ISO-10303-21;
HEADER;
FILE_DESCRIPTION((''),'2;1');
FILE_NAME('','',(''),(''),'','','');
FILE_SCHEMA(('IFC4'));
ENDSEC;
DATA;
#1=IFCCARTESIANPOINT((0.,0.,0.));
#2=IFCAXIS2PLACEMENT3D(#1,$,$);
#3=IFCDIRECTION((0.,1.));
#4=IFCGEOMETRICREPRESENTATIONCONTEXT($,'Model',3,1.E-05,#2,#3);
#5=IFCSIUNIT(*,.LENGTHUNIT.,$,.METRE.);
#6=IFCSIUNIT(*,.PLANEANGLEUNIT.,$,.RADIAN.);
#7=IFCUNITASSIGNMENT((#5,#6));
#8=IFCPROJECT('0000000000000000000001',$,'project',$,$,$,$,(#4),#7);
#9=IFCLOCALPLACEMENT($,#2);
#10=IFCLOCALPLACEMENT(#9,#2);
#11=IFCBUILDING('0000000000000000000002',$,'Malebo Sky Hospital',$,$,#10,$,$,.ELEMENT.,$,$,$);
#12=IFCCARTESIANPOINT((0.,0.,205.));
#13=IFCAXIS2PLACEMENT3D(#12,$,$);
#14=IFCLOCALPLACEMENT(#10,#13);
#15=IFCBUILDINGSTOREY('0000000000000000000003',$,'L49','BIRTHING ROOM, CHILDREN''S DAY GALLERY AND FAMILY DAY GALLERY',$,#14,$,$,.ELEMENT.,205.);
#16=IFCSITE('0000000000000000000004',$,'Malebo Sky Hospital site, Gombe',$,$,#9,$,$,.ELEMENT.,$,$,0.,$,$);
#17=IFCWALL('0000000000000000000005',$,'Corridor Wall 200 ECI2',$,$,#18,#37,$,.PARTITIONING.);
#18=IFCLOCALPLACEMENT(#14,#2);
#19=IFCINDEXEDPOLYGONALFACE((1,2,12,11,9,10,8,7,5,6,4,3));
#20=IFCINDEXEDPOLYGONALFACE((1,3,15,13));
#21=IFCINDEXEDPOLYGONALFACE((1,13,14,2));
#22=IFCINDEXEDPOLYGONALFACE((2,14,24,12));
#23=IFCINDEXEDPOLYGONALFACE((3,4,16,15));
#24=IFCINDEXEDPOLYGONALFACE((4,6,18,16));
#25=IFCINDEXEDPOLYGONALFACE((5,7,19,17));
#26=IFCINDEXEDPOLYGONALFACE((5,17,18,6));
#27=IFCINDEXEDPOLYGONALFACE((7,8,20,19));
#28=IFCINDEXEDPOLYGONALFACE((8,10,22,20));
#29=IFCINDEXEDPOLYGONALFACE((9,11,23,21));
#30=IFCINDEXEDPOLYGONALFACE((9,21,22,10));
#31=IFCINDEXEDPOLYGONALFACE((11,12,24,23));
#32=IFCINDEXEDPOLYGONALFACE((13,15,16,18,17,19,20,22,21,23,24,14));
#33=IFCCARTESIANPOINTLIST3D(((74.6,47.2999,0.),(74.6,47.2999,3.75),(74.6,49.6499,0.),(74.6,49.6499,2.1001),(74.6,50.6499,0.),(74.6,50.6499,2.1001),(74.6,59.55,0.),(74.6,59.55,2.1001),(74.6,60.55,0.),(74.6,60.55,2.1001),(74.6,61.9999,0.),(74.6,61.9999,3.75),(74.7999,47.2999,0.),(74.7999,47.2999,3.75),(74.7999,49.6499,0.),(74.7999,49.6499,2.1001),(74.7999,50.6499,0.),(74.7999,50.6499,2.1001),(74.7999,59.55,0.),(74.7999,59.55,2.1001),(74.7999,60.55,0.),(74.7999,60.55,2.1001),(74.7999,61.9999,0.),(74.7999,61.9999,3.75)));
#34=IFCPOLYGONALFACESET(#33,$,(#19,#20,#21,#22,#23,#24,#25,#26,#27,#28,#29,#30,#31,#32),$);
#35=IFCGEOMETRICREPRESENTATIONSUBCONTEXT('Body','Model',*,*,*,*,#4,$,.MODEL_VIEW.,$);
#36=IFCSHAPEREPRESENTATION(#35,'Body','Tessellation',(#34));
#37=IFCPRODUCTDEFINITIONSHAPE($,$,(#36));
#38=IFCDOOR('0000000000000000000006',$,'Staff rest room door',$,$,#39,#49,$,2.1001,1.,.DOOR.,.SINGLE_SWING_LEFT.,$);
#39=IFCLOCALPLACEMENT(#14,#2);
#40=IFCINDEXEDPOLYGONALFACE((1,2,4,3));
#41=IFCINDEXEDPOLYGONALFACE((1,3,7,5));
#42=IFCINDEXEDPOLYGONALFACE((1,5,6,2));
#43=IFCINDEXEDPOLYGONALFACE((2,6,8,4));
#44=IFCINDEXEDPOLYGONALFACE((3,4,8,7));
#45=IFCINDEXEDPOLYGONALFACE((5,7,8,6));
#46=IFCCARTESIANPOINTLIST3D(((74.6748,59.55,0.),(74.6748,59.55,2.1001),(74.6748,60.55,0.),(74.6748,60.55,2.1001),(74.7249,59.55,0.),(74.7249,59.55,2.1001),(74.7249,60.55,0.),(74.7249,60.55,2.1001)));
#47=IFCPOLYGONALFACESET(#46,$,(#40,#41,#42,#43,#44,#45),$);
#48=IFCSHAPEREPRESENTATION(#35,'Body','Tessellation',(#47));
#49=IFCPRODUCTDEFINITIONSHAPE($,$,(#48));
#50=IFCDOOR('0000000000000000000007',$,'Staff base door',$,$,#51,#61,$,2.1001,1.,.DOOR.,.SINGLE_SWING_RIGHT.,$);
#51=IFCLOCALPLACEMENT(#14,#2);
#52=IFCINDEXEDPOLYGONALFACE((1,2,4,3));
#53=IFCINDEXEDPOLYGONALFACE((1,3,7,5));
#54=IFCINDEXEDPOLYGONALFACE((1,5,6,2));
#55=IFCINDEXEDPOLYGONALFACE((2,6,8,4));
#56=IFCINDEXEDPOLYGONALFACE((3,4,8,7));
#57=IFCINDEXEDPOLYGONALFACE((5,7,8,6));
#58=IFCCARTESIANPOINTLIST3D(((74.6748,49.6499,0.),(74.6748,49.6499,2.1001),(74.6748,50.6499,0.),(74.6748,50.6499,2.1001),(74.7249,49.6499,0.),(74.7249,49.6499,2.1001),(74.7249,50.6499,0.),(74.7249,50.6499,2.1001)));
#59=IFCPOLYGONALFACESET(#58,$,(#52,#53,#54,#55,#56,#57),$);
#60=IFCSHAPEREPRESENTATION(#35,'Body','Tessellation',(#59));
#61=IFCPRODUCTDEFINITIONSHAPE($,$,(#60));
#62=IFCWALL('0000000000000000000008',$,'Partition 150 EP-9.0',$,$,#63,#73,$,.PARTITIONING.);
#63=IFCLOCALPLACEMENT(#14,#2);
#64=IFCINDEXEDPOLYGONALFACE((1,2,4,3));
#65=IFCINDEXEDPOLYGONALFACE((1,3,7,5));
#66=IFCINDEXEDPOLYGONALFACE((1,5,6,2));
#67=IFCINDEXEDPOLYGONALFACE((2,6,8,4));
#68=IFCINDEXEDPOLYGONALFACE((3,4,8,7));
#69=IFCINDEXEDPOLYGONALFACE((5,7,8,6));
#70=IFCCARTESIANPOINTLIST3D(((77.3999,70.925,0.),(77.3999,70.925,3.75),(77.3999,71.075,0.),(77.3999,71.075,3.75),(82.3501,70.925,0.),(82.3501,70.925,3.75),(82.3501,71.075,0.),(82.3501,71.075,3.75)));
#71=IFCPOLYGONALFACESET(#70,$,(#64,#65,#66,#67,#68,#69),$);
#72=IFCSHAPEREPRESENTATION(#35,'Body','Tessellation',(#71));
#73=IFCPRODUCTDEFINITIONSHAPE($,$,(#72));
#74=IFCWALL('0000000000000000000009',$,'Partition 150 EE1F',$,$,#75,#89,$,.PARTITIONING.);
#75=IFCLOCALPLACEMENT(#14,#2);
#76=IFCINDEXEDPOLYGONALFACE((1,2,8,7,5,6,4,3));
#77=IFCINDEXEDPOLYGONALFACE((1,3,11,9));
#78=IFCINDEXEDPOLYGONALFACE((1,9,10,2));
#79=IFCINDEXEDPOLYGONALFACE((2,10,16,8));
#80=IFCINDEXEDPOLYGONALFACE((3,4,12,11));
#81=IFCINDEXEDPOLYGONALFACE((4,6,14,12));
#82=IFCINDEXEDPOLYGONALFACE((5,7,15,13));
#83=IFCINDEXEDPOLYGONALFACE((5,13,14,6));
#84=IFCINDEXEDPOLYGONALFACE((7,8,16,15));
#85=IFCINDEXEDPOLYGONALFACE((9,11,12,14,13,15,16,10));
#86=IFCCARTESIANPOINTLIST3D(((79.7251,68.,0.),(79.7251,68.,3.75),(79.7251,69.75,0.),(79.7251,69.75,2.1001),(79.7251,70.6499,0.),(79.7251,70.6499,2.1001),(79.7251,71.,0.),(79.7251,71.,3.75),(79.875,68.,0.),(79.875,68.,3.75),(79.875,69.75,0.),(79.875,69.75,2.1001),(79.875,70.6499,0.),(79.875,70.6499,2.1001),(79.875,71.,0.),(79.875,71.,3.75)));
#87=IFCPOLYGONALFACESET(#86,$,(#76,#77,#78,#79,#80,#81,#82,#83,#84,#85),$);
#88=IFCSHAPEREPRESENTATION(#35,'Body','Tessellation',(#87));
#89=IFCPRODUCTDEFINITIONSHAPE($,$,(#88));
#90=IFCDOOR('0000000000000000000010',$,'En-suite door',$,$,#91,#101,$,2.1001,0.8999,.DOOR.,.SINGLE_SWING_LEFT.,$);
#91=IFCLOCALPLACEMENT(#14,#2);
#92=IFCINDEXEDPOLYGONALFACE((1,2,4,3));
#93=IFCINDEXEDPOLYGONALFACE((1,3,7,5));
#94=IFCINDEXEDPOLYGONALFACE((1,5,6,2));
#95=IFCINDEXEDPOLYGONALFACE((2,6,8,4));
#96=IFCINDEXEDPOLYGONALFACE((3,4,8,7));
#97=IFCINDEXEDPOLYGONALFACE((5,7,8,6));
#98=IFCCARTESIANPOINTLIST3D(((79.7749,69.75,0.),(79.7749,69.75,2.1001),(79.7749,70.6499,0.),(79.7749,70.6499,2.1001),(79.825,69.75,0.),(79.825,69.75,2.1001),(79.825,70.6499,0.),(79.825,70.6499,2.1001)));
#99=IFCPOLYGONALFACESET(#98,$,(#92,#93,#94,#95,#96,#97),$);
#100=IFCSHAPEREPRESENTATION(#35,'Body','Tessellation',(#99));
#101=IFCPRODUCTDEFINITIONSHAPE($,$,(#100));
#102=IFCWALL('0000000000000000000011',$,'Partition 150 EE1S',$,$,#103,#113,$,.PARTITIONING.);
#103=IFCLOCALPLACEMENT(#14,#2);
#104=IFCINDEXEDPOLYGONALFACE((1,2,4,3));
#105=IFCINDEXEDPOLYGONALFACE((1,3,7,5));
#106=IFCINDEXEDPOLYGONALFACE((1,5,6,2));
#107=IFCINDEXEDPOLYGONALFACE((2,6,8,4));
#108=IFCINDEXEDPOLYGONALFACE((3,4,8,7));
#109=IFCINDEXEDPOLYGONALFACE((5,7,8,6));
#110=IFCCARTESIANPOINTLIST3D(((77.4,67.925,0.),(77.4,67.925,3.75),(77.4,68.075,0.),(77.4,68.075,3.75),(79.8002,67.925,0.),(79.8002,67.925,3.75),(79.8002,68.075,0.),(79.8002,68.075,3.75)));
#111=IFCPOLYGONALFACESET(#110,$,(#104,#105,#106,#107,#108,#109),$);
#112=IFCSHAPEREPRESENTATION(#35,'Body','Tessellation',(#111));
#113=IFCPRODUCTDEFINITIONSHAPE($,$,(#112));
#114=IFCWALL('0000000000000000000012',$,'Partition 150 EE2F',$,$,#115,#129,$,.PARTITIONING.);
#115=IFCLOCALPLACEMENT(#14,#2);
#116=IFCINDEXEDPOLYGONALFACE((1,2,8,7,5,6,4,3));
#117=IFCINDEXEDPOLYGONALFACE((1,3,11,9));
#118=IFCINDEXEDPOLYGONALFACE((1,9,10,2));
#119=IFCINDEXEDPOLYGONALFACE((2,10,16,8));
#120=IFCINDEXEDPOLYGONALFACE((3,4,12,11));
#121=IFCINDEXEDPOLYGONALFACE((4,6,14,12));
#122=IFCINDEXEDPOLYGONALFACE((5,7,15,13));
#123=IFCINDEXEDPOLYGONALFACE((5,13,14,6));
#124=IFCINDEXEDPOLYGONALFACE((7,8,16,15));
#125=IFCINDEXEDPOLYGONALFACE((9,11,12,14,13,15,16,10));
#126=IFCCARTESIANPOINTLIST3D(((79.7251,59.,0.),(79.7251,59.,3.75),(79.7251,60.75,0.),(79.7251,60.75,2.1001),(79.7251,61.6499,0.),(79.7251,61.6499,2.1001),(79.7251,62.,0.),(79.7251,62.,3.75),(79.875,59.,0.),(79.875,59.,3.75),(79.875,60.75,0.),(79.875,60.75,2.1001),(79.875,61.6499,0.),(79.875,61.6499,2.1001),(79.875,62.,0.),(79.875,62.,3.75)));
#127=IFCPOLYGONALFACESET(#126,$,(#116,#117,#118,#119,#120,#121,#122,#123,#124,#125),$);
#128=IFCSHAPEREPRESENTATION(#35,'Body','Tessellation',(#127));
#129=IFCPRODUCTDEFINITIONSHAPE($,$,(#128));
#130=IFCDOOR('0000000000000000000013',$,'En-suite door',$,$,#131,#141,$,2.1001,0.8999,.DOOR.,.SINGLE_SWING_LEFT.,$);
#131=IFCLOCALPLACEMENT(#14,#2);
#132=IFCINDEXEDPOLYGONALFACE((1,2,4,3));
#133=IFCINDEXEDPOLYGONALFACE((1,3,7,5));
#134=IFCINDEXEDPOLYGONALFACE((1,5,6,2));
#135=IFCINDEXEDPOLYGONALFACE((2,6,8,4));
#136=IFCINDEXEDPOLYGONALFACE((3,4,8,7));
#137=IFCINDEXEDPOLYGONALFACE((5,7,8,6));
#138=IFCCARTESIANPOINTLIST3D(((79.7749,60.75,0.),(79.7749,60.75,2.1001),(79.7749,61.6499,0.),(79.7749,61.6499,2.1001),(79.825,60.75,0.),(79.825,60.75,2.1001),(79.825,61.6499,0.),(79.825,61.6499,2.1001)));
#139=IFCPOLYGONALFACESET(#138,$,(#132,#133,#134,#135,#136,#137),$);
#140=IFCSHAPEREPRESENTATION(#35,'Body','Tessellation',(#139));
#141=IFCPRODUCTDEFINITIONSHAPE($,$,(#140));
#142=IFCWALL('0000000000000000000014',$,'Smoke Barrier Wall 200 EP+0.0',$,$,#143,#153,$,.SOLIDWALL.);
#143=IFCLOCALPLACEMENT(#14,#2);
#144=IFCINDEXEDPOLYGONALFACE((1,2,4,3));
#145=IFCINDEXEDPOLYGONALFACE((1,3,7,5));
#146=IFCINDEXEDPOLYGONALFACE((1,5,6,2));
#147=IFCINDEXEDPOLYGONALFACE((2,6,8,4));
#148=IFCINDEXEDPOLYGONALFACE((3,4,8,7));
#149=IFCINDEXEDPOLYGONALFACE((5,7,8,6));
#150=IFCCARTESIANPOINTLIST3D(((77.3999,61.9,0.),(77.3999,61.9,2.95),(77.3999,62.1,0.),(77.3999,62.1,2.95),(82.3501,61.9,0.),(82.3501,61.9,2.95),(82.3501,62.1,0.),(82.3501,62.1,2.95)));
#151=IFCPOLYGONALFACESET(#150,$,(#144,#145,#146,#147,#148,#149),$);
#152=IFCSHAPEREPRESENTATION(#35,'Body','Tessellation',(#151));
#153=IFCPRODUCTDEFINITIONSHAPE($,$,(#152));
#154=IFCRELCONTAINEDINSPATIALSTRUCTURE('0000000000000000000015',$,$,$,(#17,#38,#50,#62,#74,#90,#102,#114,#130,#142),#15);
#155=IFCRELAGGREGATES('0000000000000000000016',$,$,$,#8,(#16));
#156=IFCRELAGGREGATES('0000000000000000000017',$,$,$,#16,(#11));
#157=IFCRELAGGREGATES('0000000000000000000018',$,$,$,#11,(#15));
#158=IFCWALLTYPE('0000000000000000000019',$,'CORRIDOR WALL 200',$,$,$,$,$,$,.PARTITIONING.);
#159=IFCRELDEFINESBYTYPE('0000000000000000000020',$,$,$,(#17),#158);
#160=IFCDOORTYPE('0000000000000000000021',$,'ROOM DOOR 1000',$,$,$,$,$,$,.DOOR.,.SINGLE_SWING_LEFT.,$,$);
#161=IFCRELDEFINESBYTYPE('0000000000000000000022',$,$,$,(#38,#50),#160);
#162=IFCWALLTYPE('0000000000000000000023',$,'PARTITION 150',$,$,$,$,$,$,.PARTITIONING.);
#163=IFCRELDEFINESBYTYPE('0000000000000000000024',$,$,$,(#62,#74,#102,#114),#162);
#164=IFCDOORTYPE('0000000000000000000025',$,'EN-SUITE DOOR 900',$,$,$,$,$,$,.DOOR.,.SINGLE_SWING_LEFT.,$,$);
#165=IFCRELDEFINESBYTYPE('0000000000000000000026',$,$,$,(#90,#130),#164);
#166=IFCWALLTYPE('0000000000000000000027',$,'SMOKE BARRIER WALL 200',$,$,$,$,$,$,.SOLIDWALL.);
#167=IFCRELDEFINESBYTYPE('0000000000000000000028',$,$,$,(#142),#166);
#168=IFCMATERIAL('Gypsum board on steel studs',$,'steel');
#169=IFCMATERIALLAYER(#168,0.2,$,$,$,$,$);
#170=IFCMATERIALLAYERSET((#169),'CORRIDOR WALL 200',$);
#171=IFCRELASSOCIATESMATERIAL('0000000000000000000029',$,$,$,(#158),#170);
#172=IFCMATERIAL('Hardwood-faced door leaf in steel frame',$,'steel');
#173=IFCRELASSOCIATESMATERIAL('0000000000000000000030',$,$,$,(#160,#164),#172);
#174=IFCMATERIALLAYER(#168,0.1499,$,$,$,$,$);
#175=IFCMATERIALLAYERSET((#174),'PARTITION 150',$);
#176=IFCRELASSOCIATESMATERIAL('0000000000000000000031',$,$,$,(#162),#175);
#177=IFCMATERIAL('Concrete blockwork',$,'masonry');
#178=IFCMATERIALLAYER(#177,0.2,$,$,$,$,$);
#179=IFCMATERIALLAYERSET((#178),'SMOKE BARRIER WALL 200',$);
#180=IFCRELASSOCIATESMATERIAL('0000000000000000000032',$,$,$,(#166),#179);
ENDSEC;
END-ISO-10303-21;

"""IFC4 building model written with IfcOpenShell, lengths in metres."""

from ifc_helpers import new_model, si_unit, direction, frame, frame_2d, origin, place, context, subcontext, project, spatial, rectangle, extrude, material, layer, layer_set, type_object, element, fill, save


model = new_model("IFC4")

# Units and contexts
model_context = context("Model", 3, precision=1e-05, world=origin(), true_north=direction((0.0, 1.0)))
body_context = subcontext(model_context, "Body", "Model", "MODEL_VIEW")
ifc_project = project(units=[si_unit("LENGTHUNIT", "METRE"), si_unit("PLANEANGLEUNIT", "RADIAN")], contexts=[model_context])

# Site, building, storey
site_placement = place(None, origin())
site = spatial("IfcSite", under=ifc_project, at=site_placement, Name="Malebo Sky Hospital site, Gombe", CompositionType="ELEMENT", RefElevation=0.0)
building_placement = place(site_placement, origin())
building = spatial("IfcBuilding", under=site, at=building_placement, Name="Malebo Sky Hospital", CompositionType="ELEMENT")
storey_placement = place(building_placement, frame((0.0, 0.0, 205.0)))
storey = spatial("IfcBuildingStorey", under=building, at=storey_placement, Name="L49", Description="BIRTHING ROOM, CHILDREN'S DAY GALLERY AND FAMILY DAY GALLERY", CompositionType="ELEMENT", Elevation=205.0)

# Wall, openings, doors
ifc_material_1 = material(Name="Gypsum board on steel studs", Category="steel")
ifc_layer_1 = layer(ifc_material_1, 0.2)
ifc_layer_set_1 = layer_set([ifc_layer_1], Name="CORRIDOR WALL 200")
wall_type_1 = type_object("IfcWallType", Name="CORRIDOR WALL 200", PredefinedType="PARTITIONING", material=ifc_layer_set_1)
ifc_material_2 = material(Name="Hardwood-faced door leaf in steel frame", Category="steel")
door_type_1 = type_object("IfcDoorType", Name="ROOM DOOR 1000", OperationType="SINGLE_SWING_LEFT", PredefinedType="DOOR", material=ifc_material_2)
wall_1_placement = place(storey_placement, frame((74.7, 62.0, 0.0), z_axis=(0.0, 0.0, 1.0), x_axis=(0.0, -1.0, 0.0)))
wall_1 = element("IfcWall", 1, at=wall_1_placement, inside=storey, type_object=wall_type_1, Name="Corridor Wall 200 ECI2", PredefinedType="PARTITIONING", context=body_context, shape_type="SweptSolid", body=[
    extrude(rectangle(XDim=14.7, YDim=0.2, at=frame_2d((7.3501, 0.0))), origin(), (0.0, 0.0, 1.0), 3.75),
])
opening_1_placement = place(wall_1_placement, frame((1.45, 0.0, 0.0)))
opening_1 = element("IfcOpeningElement", 2, at=opening_1_placement, cuts=wall_1, PredefinedType="OPENING", context=body_context, shape_type="SweptSolid", body=[
    extrude(rectangle(XDim=1.0, YDim=2.1001, at=frame_2d((0.5, 1.05))), frame((0.0, 0.1099, 0.0), z_axis=(0.0, -1.0, 0.0), x_axis=(1.0, 0.0, 0.0)), (0.0, 0.0, 1.0), 0.22),
])
opening_2_placement = place(wall_1_placement, frame((11.3501, 0.0, 0.0)))
opening_2 = element("IfcOpeningElement", 3, at=opening_2_placement, cuts=wall_1, PredefinedType="OPENING", context=body_context, shape_type="SweptSolid", body=[
    extrude(rectangle(XDim=1.0, YDim=2.1001, at=frame_2d((0.5, 1.05))), frame((0.0, 0.1099, 0.0), z_axis=(0.0, -1.0, 0.0), x_axis=(1.0, 0.0, 0.0)), (0.0, 0.0, 1.0), 0.22),
])
door_1_placement = place(opening_1_placement, origin())
door_1 = element("IfcDoor", 4, at=door_1_placement, inside=storey, type_object=door_type_1, Name="Staff rest room door", OperationType="SINGLE_SWING_LEFT", OverallHeight=2.1001, OverallWidth=1.0, PredefinedType="DOOR", context=body_context, shape_type="SweptSolid", body=[
    extrude(rectangle(XDim=1.0, YDim=2.1001, at=frame_2d((0.5, 1.05))), frame((0.0, 0.0249, 0.0), z_axis=(0.0, -1.0, 0.0), x_axis=(1.0, 0.0, 0.0)), (0.0, 0.0, 1.0), 0.05),
])
fill(opening_1, door_1)
door_2_placement = place(opening_2_placement, origin())
door_2 = element("IfcDoor", 5, at=door_2_placement, inside=storey, type_object=door_type_1, Name="Staff base door", OperationType="SINGLE_SWING_RIGHT", OverallHeight=2.1001, OverallWidth=1.0, PredefinedType="DOOR", context=body_context, shape_type="SweptSolid", body=[
    extrude(rectangle(XDim=1.0, YDim=2.1001, at=frame_2d((0.5, 1.05))), frame((0.0, 0.0249, 0.0), z_axis=(0.0, -1.0, 0.0), x_axis=(1.0, 0.0, 0.0)), (0.0, 0.0, 1.0), 0.05),
])
fill(opening_2, door_2)

# Wall
ifc_layer_2 = layer(ifc_material_1, 0.1499)
ifc_layer_set_2 = layer_set([ifc_layer_2], Name="PARTITION 150")
wall_type_2 = type_object("IfcWallType", Name="PARTITION 150", PredefinedType="PARTITIONING", material=ifc_layer_set_2)
wall_2_placement = place(storey_placement, frame((77.3999, 71.0, 0.0), z_axis=(0.0, 0.0, 1.0), x_axis=(1.0, 0.0, 0.0)))
element("IfcWall", 6, at=wall_2_placement, inside=storey, type_object=wall_type_2, Name="Partition 150 EP-9.0", PredefinedType="PARTITIONING", context=body_context, shape_type="SweptSolid", body=[
    extrude(rectangle(XDim=4.9502, YDim=0.1499, at=frame_2d((2.4751, 0.0))), origin(), (0.0, 0.0, 1.0), 3.75),
])

# Wall, opening, door
wall_3_placement = place(storey_placement, frame((79.8, 71.0, 0.0), z_axis=(0.0, 0.0, 1.0), x_axis=(0.0, -1.0, 0.0)))
wall_3 = element("IfcWall", 7, at=wall_3_placement, inside=storey, type_object=wall_type_2, Name="Partition 150 EE1F", PredefinedType="PARTITIONING", context=body_context, shape_type="SweptSolid", body=[
    extrude(rectangle(XDim=3.0, YDim=0.1499, at=frame_2d((1.5, 0.0))), origin(), (0.0, 0.0, 1.0), 3.75),
])
opening_3_placement = place(wall_3_placement, frame((0.3501, 0.0, 0.0)))
opening_3 = element("IfcOpeningElement", 8, at=opening_3_placement, cuts=wall_3, PredefinedType="OPENING", context=body_context, shape_type="SweptSolid", body=[
    extrude(rectangle(XDim=0.8999, YDim=2.1001, at=frame_2d((0.45, 1.05))), frame((0.0, 0.085, 0.0), z_axis=(0.0, -1.0, 0.0), x_axis=(1.0, 0.0, 0.0)), (0.0, 0.0, 1.0), 0.1699),
])
door_type_2 = type_object("IfcDoorType", Name="EN-SUITE DOOR 900", OperationType="SINGLE_SWING_LEFT", PredefinedType="DOOR", material=ifc_material_2)
door_3_placement = place(opening_3_placement, origin())
door_3 = element("IfcDoor", 9, at=door_3_placement, inside=storey, type_object=door_type_2, Name="En-suite door", OperationType="SINGLE_SWING_LEFT", OverallHeight=2.1001, OverallWidth=0.8999, PredefinedType="DOOR", context=body_context, shape_type="SweptSolid", body=[
    extrude(rectangle(XDim=0.8999, YDim=2.1001, at=frame_2d((0.45, 1.05))), frame((0.0, 0.0249, 0.0), z_axis=(0.0, -1.0, 0.0), x_axis=(1.0, 0.0, 0.0)), (0.0, 0.0, 1.0), 0.05),
])
fill(opening_3, door_3)

# Wall
wall_4_placement = place(storey_placement, frame((77.3999, 68.0, 0.0), z_axis=(0.0, 0.0, 1.0), x_axis=(1.0, 0.0, 0.0)))
element("IfcWall", 10, at=wall_4_placement, inside=storey, type_object=wall_type_2, Name="Partition 150 EE1S", PredefinedType="PARTITIONING", context=body_context, shape_type="SweptSolid", body=[
    extrude(rectangle(XDim=2.4001, YDim=0.1499, at=frame_2d((1.2002, 0.0))), origin(), (0.0, 0.0, 1.0), 3.75),
])

# Wall, opening, door
wall_5_placement = place(storey_placement, frame((79.8, 62.0, 0.0), z_axis=(0.0, 0.0, 1.0), x_axis=(0.0, -1.0, 0.0)))
wall_5 = element("IfcWall", 11, at=wall_5_placement, inside=storey, type_object=wall_type_2, Name="Partition 150 EE2F", PredefinedType="PARTITIONING", context=body_context, shape_type="SweptSolid", body=[
    extrude(rectangle(XDim=3.0, YDim=0.1499, at=frame_2d((1.5, 0.0))), origin(), (0.0, 0.0, 1.0), 3.75),
])
opening_4_placement = place(wall_5_placement, frame((0.3501, 0.0, 0.0)))
opening_4 = element("IfcOpeningElement", 12, at=opening_4_placement, cuts=wall_5, PredefinedType="OPENING", context=body_context, shape_type="SweptSolid", body=[
    extrude(rectangle(XDim=0.8999, YDim=2.1001, at=frame_2d((0.45, 1.05))), frame((0.0, 0.085, 0.0), z_axis=(0.0, -1.0, 0.0), x_axis=(1.0, 0.0, 0.0)), (0.0, 0.0, 1.0), 0.1699),
])
door_4_placement = place(opening_4_placement, origin())
door_4 = element("IfcDoor", 13, at=door_4_placement, inside=storey, type_object=door_type_2, Name="En-suite door", OperationType="SINGLE_SWING_LEFT", OverallHeight=2.1001, OverallWidth=0.8999, PredefinedType="DOOR", context=body_context, shape_type="SweptSolid", body=[
    extrude(rectangle(XDim=0.8999, YDim=2.1001, at=frame_2d((0.45, 1.05))), frame((0.0, 0.0249, 0.0), z_axis=(0.0, -1.0, 0.0), x_axis=(1.0, 0.0, 0.0)), (0.0, 0.0, 1.0), 0.05),
])
fill(opening_4, door_4)

# Wall
ifc_material_3 = material(Name="Concrete blockwork", Category="masonry")
ifc_layer_3 = layer(ifc_material_3, 0.2)
ifc_layer_set_3 = layer_set([ifc_layer_3], Name="SMOKE BARRIER WALL 200")
wall_type_3 = type_object("IfcWallType", Name="SMOKE BARRIER WALL 200", PredefinedType="SOLIDWALL", material=ifc_layer_set_3)
wall_6_placement = place(storey_placement, frame((77.3999, 62.0, 0.0), z_axis=(0.0, 0.0, 1.0), x_axis=(1.0, 0.0, 0.0)))
element("IfcWall", 14, at=wall_6_placement, inside=storey, type_object=wall_type_3, Name="Smoke Barrier Wall 200 EP+0.0", PredefinedType="SOLIDWALL", context=body_context, shape_type="SweptSolid", body=[
    extrude(rectangle(XDim=4.9502, YDim=0.2, at=frame_2d((2.4751, 0.0))), origin(), (0.0, 0.0, 1.0), 2.95),
])

save(model, "model.ifc")
